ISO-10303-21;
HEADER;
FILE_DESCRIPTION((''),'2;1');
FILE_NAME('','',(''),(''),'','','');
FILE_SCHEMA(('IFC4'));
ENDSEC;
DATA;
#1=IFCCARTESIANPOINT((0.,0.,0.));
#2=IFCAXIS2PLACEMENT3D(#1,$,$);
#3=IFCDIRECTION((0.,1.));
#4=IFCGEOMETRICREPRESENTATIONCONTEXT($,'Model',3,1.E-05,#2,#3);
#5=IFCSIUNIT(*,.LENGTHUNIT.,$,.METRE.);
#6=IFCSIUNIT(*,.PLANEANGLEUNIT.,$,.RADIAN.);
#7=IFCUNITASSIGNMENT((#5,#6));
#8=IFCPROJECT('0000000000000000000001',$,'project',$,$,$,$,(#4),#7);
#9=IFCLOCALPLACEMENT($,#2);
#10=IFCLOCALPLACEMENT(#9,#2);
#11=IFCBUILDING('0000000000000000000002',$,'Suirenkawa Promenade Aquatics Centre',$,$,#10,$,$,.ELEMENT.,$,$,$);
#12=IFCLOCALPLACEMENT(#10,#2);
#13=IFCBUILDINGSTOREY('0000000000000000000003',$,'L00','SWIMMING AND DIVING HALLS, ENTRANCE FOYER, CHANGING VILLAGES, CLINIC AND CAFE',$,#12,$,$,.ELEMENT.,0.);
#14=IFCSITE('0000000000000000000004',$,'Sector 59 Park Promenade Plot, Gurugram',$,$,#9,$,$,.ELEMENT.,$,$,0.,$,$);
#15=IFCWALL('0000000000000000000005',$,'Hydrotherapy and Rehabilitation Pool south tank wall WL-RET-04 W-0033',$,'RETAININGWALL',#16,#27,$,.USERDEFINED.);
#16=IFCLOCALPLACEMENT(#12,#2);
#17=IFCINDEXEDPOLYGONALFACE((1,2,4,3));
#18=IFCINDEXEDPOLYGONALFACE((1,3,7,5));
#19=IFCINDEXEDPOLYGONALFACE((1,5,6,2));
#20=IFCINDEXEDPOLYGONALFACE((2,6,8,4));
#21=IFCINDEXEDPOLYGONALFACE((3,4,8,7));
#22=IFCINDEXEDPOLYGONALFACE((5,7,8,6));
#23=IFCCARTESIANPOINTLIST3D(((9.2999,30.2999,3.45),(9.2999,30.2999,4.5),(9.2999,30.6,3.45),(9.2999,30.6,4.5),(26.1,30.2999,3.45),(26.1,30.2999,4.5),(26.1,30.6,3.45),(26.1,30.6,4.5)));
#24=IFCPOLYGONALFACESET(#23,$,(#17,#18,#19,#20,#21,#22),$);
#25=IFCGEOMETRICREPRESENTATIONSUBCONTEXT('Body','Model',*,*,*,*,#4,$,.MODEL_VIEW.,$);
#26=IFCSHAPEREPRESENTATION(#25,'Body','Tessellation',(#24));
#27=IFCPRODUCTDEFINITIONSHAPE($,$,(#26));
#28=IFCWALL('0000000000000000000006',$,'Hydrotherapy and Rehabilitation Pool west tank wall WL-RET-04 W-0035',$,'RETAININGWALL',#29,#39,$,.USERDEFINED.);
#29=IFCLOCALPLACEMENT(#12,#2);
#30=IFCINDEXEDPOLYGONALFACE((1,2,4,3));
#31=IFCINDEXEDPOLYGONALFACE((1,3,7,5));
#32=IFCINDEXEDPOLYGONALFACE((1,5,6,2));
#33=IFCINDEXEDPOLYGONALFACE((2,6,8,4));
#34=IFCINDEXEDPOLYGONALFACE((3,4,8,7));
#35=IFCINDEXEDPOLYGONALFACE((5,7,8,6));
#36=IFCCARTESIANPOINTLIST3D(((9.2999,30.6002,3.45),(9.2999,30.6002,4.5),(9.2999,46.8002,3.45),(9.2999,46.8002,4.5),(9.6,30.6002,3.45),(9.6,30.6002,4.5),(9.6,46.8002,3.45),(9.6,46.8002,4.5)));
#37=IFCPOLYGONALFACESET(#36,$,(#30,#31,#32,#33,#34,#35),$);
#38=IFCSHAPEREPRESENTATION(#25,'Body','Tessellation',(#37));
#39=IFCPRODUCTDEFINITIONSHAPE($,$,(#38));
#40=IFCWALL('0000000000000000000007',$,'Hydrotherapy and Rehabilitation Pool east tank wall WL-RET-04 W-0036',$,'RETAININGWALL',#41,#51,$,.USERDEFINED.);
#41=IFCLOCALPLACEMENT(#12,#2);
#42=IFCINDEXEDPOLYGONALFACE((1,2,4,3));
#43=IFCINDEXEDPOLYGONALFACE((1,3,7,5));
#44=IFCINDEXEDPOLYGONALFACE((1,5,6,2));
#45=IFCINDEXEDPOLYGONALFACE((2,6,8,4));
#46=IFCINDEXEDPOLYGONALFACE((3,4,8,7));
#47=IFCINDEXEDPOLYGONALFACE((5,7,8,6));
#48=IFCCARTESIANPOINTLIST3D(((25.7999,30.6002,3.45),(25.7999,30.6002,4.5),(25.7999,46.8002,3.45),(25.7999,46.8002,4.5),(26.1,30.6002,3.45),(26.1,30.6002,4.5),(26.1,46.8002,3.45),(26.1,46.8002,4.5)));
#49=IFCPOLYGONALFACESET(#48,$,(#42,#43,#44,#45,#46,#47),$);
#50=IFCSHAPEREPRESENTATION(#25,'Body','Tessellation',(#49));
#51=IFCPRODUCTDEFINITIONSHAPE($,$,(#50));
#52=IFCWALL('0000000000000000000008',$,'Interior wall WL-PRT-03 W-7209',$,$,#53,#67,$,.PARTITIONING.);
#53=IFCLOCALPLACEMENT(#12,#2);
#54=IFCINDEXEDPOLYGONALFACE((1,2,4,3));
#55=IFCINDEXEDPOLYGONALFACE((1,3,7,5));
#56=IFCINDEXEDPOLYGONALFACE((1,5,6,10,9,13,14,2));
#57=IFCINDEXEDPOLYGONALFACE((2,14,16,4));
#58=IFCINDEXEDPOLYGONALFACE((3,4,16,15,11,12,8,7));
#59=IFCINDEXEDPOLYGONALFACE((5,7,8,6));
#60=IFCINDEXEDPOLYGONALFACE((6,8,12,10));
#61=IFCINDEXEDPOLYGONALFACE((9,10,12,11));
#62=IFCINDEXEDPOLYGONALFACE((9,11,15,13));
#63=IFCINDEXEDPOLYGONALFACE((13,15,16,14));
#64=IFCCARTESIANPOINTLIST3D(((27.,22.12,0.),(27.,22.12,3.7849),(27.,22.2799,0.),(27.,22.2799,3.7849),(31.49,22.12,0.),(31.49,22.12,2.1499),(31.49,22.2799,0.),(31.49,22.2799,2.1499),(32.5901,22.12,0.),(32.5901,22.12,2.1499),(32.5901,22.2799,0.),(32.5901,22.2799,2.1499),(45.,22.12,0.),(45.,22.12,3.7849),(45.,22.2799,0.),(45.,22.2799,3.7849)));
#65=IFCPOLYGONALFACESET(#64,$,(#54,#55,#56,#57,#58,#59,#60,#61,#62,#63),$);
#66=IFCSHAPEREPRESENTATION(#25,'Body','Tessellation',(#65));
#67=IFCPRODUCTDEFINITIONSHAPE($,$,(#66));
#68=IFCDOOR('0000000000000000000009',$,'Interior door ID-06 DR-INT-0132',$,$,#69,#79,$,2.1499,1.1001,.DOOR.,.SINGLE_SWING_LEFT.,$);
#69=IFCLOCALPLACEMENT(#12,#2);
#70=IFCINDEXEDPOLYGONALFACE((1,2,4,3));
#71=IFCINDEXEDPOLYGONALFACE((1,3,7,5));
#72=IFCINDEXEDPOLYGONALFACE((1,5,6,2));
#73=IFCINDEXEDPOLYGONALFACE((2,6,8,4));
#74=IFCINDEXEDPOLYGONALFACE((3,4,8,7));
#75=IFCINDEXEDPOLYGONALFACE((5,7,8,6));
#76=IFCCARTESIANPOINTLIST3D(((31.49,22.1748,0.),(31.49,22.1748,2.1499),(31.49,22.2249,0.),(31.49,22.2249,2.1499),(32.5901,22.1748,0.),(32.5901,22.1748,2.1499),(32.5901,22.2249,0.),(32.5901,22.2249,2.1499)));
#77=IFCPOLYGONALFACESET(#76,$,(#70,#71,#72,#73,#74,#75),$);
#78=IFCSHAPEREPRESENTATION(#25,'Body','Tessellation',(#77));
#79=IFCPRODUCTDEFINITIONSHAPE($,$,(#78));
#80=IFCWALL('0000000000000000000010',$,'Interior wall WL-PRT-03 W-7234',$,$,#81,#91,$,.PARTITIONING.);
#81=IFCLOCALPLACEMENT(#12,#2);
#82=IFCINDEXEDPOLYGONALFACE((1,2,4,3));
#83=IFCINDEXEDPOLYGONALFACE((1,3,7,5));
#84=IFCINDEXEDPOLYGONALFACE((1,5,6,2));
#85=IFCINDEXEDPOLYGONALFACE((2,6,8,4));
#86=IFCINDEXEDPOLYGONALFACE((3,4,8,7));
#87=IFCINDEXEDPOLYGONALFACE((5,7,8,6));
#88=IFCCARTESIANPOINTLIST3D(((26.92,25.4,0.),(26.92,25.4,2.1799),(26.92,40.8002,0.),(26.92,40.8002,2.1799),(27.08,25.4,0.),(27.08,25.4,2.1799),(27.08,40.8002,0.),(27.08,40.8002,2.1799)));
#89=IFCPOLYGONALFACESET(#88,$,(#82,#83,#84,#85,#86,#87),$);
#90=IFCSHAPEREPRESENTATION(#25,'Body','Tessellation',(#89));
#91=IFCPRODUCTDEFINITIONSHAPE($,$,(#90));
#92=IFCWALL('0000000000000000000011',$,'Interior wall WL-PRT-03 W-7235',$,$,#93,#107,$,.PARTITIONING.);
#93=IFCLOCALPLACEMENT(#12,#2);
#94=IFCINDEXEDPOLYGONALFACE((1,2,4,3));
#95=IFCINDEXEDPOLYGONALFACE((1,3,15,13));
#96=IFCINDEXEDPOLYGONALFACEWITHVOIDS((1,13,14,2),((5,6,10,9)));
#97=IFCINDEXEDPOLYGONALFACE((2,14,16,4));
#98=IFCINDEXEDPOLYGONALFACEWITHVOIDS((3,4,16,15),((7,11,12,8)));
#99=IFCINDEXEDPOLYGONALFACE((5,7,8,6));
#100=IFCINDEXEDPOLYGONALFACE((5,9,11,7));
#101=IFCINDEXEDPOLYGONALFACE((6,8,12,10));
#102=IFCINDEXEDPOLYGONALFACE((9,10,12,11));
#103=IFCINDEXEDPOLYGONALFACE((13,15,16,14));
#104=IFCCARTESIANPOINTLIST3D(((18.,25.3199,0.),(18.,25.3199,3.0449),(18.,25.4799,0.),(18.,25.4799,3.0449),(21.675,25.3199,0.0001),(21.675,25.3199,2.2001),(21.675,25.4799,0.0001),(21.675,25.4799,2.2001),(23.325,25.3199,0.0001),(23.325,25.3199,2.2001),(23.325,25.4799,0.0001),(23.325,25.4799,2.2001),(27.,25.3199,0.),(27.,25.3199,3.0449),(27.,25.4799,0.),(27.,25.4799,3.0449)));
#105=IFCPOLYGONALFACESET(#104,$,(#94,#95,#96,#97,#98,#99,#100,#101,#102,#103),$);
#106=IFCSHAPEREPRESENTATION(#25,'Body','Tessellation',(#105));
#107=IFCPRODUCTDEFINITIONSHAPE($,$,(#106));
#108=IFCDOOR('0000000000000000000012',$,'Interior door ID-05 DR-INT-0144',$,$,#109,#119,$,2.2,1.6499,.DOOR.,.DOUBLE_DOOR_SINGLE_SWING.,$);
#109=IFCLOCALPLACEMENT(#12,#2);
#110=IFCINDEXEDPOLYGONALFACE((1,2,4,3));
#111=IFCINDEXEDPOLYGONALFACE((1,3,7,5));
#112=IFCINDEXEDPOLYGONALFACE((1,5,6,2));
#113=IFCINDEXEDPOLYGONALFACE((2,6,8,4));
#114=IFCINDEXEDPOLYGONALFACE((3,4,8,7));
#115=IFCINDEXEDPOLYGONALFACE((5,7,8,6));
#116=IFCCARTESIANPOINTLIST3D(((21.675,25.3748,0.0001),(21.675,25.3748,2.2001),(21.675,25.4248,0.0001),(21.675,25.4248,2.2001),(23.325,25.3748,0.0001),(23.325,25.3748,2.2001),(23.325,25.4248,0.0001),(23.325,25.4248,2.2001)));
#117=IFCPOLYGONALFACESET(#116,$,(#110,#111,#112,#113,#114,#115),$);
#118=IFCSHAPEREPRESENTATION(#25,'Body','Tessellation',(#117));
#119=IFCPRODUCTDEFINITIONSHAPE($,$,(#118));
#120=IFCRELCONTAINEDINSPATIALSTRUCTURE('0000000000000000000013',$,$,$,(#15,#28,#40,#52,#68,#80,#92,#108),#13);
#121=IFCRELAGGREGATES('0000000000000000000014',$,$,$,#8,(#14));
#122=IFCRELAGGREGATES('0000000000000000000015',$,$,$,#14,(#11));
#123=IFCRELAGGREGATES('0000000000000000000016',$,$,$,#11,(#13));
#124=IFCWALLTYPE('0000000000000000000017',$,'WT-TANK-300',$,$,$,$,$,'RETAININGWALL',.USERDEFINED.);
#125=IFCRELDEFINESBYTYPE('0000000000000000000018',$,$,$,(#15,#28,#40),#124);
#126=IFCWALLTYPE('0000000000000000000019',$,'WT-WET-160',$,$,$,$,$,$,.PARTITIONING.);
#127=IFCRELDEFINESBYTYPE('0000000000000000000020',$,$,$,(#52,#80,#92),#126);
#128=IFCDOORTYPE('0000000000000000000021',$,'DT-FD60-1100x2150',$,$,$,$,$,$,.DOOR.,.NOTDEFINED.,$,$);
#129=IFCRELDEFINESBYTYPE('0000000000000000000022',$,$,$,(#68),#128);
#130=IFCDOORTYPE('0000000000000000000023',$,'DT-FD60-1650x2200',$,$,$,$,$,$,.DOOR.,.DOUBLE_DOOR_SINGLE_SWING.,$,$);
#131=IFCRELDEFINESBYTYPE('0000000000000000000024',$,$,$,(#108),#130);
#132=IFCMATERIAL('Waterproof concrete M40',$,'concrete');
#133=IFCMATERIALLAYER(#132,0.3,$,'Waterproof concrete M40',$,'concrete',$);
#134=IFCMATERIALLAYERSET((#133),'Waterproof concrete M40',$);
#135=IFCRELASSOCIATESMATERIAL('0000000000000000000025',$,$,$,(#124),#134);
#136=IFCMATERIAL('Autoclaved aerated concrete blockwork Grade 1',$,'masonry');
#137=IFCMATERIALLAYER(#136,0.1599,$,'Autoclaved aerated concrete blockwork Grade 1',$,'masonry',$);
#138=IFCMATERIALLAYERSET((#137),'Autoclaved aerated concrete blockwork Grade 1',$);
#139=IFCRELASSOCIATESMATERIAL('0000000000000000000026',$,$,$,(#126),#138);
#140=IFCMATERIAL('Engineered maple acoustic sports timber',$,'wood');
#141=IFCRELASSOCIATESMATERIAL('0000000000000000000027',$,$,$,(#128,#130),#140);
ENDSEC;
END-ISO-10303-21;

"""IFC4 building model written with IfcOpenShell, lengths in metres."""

from ifc_helpers import new_model, si_unit, direction, frame, frame_2d, origin, place, context, subcontext, project, spatial, rectangle, extrude, material, layer, layer_set, type_object, element, fill, save


model = new_model("IFC4")

# Units and contexts
model_context = context("Model", 3, precision=1e-05, world=origin(), true_north=direction((0.0, 1.0)))
body_context = subcontext(model_context, "Body", "Model", "MODEL_VIEW")
ifc_project = project(units=[si_unit("LENGTHUNIT", "METRE"), si_unit("PLANEANGLEUNIT", "RADIAN")], contexts=[model_context])

# Site, building, storey
site_placement = place(None, origin())
site = spatial("IfcSite", under=ifc_project, at=site_placement, Name="Sector 59 Park Promenade Plot, Gurugram", CompositionType="ELEMENT", RefElevation=0.0)
building_placement = place(site_placement, origin())
building = spatial("IfcBuilding", under=site, at=building_placement, Name="Suirenkawa Promenade Aquatics Centre", CompositionType="ELEMENT")
storey_placement = place(building_placement, origin())
storey = spatial("IfcBuildingStorey", under=building, at=storey_placement, Name="L00", Description="SWIMMING AND DIVING HALLS, ENTRANCE FOYER, CHANGING VILLAGES, CLINIC AND CAFE", CompositionType="ELEMENT", Elevation=0.0)

# Walls
ifc_material_1 = material(Name="Waterproof concrete M40", Category="concrete")
ifc_layer_1 = layer(ifc_material_1, 0.3, Name="Waterproof concrete M40", Category="concrete")
ifc_layer_set_1 = layer_set([ifc_layer_1], Name="Waterproof concrete M40")
wall_type_1 = type_object("IfcWallType", Name="WT-TANK-300", ElementType="RETAININGWALL", PredefinedType="USERDEFINED", material=ifc_layer_set_1)
wall_1_placement = place(storey_placement, frame((9.3, 30.45, 3.45), z_axis=(0.0, 0.0, 1.0), x_axis=(1.0, 0.0, 0.0)))
element("IfcWall", 1, at=wall_1_placement, inside=storey, type_object=wall_type_1, Name="Hydrotherapy and Rehabilitation Pool south tank wall WL-RET-04 W-0033", ObjectType="RETAININGWALL", PredefinedType="USERDEFINED", context=body_context, shape_type="SweptSolid", body=[
    extrude(rectangle(XDim=16.8, YDim=0.3, at=frame_2d((8.3999, 0.0))), origin(), (0.0, 0.0, 1.0), 1.05),
])
for number, where, z_axis, x_axis, name in (
    (2, (9.45, 30.6001, 3.45), (0.0, 0.0, 1.0), (0.0, 1.0, 0.0), "Hydrotherapy and Rehabilitation Pool west tank wall WL-RET-04 W-0035"),
    (3, (25.95, 30.6001, 3.45), (0.0, 0.0, 1.0), (0.0, 1.0, 0.0), "Hydrotherapy and Rehabilitation Pool east tank wall WL-RET-04 W-0036"),
):
    element("IfcWall", number, at=place(storey_placement, frame(where, z_axis=z_axis, x_axis=x_axis)), inside=storey, type_object=wall_type_1, Name=name, ObjectType="RETAININGWALL", PredefinedType="USERDEFINED", context=body_context, shape_type="SweptSolid", body=[
        extrude(rectangle(XDim=16.2, YDim=0.3, at=frame_2d((8.1001, 0.0))), origin(), (0.0, 0.0, 1.0), 1.05),
    ])

# Wall, opening, door
ifc_material_2 = material(Name="Autoclaved aerated concrete blockwork Grade 1", Category="masonry")
ifc_layer_2 = layer(ifc_material_2, 0.1599, Name="Autoclaved aerated concrete blockwork Grade 1", Category="masonry")
ifc_layer_set_2 = layer_set([ifc_layer_2], Name="Autoclaved aerated concrete blockwork Grade 1")
wall_type_2 = type_object("IfcWallType", Name="WT-WET-160", PredefinedType="PARTITIONING", material=ifc_layer_set_2)
wall_2_placement = place(storey_placement, frame((27.0, 22.2, 0.0), z_axis=(0.0, 0.0, 1.0), x_axis=(1.0, 0.0, 0.0)))
wall_2 = element("IfcWall", 4, at=wall_2_placement, inside=storey, type_object=wall_type_2, Name="Interior wall WL-PRT-03 W-7209", PredefinedType="PARTITIONING", context=body_context, shape_type="SweptSolid", body=[
    extrude(rectangle(XDim=18.0, YDim=0.1599, at=frame_2d((9.0, 0.0))), origin(), (0.0, 0.0, 1.0), 3.7849),
])
opening_1_placement = place(wall_2_placement, frame((4.49, 0.0, 0.0)))
opening_1 = element("IfcOpeningElement", 5, at=opening_1_placement, cuts=wall_2, PredefinedType="OPENING", context=body_context, shape_type="SweptSolid", body=[
    extrude(rectangle(XDim=1.1001, YDim=2.1499, at=frame_2d((0.55, 1.075))), frame((0.0, 0.0898, 0.0), z_axis=(0.0, -1.0, 0.0), x_axis=(1.0, 0.0, 0.0)), (0.0, 0.0, 1.0), 0.1799),
])
ifc_material_3 = material(Name="Engineered maple acoustic sports timber", Category="wood")
door_type_1 = type_object("IfcDoorType", Name="DT-FD60-1100x2150", OperationType="NOTDEFINED", PredefinedType="DOOR", material=ifc_material_3)
door_1_placement = place(opening_1_placement, origin())
door_1 = element("IfcDoor", 6, at=door_1_placement, inside=storey, type_object=door_type_1, Name="Interior door ID-06 DR-INT-0132", OperationType="SINGLE_SWING_LEFT", OverallHeight=2.1499, OverallWidth=1.1001, PredefinedType="DOOR", context=body_context, shape_type="SweptSolid", body=[
    extrude(rectangle(XDim=1.1001, YDim=2.1499, at=frame_2d((0.55, 1.075))), frame((0.0, 0.0249, 0.0), z_axis=(0.0, -1.0, 0.0), x_axis=(1.0, 0.0, 0.0)), (0.0, 0.0, 1.0), 0.05),
])
fill(opening_1, door_1)

# Wall
wall_3_placement = place(storey_placement, frame((27.0, 25.3999, 0.0), z_axis=(0.0, 0.0, 1.0), x_axis=(0.0, 1.0, 0.0)))
element("IfcWall", 7, at=wall_3_placement, inside=storey, type_object=wall_type_2, Name="Interior wall WL-PRT-03 W-7234", PredefinedType="PARTITIONING", context=body_context, shape_type="SweptSolid", body=[
    extrude(rectangle(XDim=15.4001, YDim=0.1599, at=frame_2d((7.7002, 0.0))), origin(), (0.0, 0.0, 1.0), 2.1799),
])

# Wall, opening, door
wall_4_placement = place(storey_placement, frame((18.0, 25.3999, 0.0), z_axis=(0.0, 0.0, 1.0), x_axis=(1.0, 0.0, 0.0)))
wall_4 = element("IfcWall", 8, at=wall_4_placement, inside=storey, type_object=wall_type_2, Name="Interior wall WL-PRT-03 W-7235", PredefinedType="PARTITIONING", context=body_context, shape_type="SweptSolid", body=[
    extrude(rectangle(XDim=9.0, YDim=0.1599, at=frame_2d((4.5, 0.0))), origin(), (0.0, 0.0, 1.0), 3.0449),
])
opening_2_placement = place(wall_4_placement, frame((3.675, 0.0, 0.0)))
opening_2 = element("IfcOpeningElement", 9, at=opening_2_placement, cuts=wall_4, PredefinedType="OPENING", context=body_context, shape_type="SweptSolid", body=[
    extrude(rectangle(XDim=1.6499, YDim=2.2, at=frame_2d((0.825, 1.1001))), frame((0.0, 0.0898, 0.0), z_axis=(0.0, -1.0, 0.0), x_axis=(1.0, 0.0, 0.0)), (0.0, 0.0, 1.0), 0.1799),
])
door_type_2 = type_object("IfcDoorType", Name="DT-FD60-1650x2200", OperationType="DOUBLE_DOOR_SINGLE_SWING", PredefinedType="DOOR", material=ifc_material_3)
door_2_placement = place(opening_2_placement, origin())
door_2 = element("IfcDoor", 10, at=door_2_placement, inside=storey, type_object=door_type_2, Name="Interior door ID-05 DR-INT-0144", OperationType="DOUBLE_DOOR_SINGLE_SWING", OverallHeight=2.2, OverallWidth=1.6499, PredefinedType="DOOR", context=body_context, shape_type="SweptSolid", body=[
    extrude(rectangle(XDim=1.6499, YDim=2.2, at=frame_2d((0.825, 1.1001))), frame((0.0, 0.0249, 0.0), z_axis=(0.0, -1.0, 0.0), x_axis=(1.0, 0.0, 0.0)), (0.0, 0.0, 1.0), 0.05),
])
fill(opening_2, door_2)

save(model, "model.ifc")
